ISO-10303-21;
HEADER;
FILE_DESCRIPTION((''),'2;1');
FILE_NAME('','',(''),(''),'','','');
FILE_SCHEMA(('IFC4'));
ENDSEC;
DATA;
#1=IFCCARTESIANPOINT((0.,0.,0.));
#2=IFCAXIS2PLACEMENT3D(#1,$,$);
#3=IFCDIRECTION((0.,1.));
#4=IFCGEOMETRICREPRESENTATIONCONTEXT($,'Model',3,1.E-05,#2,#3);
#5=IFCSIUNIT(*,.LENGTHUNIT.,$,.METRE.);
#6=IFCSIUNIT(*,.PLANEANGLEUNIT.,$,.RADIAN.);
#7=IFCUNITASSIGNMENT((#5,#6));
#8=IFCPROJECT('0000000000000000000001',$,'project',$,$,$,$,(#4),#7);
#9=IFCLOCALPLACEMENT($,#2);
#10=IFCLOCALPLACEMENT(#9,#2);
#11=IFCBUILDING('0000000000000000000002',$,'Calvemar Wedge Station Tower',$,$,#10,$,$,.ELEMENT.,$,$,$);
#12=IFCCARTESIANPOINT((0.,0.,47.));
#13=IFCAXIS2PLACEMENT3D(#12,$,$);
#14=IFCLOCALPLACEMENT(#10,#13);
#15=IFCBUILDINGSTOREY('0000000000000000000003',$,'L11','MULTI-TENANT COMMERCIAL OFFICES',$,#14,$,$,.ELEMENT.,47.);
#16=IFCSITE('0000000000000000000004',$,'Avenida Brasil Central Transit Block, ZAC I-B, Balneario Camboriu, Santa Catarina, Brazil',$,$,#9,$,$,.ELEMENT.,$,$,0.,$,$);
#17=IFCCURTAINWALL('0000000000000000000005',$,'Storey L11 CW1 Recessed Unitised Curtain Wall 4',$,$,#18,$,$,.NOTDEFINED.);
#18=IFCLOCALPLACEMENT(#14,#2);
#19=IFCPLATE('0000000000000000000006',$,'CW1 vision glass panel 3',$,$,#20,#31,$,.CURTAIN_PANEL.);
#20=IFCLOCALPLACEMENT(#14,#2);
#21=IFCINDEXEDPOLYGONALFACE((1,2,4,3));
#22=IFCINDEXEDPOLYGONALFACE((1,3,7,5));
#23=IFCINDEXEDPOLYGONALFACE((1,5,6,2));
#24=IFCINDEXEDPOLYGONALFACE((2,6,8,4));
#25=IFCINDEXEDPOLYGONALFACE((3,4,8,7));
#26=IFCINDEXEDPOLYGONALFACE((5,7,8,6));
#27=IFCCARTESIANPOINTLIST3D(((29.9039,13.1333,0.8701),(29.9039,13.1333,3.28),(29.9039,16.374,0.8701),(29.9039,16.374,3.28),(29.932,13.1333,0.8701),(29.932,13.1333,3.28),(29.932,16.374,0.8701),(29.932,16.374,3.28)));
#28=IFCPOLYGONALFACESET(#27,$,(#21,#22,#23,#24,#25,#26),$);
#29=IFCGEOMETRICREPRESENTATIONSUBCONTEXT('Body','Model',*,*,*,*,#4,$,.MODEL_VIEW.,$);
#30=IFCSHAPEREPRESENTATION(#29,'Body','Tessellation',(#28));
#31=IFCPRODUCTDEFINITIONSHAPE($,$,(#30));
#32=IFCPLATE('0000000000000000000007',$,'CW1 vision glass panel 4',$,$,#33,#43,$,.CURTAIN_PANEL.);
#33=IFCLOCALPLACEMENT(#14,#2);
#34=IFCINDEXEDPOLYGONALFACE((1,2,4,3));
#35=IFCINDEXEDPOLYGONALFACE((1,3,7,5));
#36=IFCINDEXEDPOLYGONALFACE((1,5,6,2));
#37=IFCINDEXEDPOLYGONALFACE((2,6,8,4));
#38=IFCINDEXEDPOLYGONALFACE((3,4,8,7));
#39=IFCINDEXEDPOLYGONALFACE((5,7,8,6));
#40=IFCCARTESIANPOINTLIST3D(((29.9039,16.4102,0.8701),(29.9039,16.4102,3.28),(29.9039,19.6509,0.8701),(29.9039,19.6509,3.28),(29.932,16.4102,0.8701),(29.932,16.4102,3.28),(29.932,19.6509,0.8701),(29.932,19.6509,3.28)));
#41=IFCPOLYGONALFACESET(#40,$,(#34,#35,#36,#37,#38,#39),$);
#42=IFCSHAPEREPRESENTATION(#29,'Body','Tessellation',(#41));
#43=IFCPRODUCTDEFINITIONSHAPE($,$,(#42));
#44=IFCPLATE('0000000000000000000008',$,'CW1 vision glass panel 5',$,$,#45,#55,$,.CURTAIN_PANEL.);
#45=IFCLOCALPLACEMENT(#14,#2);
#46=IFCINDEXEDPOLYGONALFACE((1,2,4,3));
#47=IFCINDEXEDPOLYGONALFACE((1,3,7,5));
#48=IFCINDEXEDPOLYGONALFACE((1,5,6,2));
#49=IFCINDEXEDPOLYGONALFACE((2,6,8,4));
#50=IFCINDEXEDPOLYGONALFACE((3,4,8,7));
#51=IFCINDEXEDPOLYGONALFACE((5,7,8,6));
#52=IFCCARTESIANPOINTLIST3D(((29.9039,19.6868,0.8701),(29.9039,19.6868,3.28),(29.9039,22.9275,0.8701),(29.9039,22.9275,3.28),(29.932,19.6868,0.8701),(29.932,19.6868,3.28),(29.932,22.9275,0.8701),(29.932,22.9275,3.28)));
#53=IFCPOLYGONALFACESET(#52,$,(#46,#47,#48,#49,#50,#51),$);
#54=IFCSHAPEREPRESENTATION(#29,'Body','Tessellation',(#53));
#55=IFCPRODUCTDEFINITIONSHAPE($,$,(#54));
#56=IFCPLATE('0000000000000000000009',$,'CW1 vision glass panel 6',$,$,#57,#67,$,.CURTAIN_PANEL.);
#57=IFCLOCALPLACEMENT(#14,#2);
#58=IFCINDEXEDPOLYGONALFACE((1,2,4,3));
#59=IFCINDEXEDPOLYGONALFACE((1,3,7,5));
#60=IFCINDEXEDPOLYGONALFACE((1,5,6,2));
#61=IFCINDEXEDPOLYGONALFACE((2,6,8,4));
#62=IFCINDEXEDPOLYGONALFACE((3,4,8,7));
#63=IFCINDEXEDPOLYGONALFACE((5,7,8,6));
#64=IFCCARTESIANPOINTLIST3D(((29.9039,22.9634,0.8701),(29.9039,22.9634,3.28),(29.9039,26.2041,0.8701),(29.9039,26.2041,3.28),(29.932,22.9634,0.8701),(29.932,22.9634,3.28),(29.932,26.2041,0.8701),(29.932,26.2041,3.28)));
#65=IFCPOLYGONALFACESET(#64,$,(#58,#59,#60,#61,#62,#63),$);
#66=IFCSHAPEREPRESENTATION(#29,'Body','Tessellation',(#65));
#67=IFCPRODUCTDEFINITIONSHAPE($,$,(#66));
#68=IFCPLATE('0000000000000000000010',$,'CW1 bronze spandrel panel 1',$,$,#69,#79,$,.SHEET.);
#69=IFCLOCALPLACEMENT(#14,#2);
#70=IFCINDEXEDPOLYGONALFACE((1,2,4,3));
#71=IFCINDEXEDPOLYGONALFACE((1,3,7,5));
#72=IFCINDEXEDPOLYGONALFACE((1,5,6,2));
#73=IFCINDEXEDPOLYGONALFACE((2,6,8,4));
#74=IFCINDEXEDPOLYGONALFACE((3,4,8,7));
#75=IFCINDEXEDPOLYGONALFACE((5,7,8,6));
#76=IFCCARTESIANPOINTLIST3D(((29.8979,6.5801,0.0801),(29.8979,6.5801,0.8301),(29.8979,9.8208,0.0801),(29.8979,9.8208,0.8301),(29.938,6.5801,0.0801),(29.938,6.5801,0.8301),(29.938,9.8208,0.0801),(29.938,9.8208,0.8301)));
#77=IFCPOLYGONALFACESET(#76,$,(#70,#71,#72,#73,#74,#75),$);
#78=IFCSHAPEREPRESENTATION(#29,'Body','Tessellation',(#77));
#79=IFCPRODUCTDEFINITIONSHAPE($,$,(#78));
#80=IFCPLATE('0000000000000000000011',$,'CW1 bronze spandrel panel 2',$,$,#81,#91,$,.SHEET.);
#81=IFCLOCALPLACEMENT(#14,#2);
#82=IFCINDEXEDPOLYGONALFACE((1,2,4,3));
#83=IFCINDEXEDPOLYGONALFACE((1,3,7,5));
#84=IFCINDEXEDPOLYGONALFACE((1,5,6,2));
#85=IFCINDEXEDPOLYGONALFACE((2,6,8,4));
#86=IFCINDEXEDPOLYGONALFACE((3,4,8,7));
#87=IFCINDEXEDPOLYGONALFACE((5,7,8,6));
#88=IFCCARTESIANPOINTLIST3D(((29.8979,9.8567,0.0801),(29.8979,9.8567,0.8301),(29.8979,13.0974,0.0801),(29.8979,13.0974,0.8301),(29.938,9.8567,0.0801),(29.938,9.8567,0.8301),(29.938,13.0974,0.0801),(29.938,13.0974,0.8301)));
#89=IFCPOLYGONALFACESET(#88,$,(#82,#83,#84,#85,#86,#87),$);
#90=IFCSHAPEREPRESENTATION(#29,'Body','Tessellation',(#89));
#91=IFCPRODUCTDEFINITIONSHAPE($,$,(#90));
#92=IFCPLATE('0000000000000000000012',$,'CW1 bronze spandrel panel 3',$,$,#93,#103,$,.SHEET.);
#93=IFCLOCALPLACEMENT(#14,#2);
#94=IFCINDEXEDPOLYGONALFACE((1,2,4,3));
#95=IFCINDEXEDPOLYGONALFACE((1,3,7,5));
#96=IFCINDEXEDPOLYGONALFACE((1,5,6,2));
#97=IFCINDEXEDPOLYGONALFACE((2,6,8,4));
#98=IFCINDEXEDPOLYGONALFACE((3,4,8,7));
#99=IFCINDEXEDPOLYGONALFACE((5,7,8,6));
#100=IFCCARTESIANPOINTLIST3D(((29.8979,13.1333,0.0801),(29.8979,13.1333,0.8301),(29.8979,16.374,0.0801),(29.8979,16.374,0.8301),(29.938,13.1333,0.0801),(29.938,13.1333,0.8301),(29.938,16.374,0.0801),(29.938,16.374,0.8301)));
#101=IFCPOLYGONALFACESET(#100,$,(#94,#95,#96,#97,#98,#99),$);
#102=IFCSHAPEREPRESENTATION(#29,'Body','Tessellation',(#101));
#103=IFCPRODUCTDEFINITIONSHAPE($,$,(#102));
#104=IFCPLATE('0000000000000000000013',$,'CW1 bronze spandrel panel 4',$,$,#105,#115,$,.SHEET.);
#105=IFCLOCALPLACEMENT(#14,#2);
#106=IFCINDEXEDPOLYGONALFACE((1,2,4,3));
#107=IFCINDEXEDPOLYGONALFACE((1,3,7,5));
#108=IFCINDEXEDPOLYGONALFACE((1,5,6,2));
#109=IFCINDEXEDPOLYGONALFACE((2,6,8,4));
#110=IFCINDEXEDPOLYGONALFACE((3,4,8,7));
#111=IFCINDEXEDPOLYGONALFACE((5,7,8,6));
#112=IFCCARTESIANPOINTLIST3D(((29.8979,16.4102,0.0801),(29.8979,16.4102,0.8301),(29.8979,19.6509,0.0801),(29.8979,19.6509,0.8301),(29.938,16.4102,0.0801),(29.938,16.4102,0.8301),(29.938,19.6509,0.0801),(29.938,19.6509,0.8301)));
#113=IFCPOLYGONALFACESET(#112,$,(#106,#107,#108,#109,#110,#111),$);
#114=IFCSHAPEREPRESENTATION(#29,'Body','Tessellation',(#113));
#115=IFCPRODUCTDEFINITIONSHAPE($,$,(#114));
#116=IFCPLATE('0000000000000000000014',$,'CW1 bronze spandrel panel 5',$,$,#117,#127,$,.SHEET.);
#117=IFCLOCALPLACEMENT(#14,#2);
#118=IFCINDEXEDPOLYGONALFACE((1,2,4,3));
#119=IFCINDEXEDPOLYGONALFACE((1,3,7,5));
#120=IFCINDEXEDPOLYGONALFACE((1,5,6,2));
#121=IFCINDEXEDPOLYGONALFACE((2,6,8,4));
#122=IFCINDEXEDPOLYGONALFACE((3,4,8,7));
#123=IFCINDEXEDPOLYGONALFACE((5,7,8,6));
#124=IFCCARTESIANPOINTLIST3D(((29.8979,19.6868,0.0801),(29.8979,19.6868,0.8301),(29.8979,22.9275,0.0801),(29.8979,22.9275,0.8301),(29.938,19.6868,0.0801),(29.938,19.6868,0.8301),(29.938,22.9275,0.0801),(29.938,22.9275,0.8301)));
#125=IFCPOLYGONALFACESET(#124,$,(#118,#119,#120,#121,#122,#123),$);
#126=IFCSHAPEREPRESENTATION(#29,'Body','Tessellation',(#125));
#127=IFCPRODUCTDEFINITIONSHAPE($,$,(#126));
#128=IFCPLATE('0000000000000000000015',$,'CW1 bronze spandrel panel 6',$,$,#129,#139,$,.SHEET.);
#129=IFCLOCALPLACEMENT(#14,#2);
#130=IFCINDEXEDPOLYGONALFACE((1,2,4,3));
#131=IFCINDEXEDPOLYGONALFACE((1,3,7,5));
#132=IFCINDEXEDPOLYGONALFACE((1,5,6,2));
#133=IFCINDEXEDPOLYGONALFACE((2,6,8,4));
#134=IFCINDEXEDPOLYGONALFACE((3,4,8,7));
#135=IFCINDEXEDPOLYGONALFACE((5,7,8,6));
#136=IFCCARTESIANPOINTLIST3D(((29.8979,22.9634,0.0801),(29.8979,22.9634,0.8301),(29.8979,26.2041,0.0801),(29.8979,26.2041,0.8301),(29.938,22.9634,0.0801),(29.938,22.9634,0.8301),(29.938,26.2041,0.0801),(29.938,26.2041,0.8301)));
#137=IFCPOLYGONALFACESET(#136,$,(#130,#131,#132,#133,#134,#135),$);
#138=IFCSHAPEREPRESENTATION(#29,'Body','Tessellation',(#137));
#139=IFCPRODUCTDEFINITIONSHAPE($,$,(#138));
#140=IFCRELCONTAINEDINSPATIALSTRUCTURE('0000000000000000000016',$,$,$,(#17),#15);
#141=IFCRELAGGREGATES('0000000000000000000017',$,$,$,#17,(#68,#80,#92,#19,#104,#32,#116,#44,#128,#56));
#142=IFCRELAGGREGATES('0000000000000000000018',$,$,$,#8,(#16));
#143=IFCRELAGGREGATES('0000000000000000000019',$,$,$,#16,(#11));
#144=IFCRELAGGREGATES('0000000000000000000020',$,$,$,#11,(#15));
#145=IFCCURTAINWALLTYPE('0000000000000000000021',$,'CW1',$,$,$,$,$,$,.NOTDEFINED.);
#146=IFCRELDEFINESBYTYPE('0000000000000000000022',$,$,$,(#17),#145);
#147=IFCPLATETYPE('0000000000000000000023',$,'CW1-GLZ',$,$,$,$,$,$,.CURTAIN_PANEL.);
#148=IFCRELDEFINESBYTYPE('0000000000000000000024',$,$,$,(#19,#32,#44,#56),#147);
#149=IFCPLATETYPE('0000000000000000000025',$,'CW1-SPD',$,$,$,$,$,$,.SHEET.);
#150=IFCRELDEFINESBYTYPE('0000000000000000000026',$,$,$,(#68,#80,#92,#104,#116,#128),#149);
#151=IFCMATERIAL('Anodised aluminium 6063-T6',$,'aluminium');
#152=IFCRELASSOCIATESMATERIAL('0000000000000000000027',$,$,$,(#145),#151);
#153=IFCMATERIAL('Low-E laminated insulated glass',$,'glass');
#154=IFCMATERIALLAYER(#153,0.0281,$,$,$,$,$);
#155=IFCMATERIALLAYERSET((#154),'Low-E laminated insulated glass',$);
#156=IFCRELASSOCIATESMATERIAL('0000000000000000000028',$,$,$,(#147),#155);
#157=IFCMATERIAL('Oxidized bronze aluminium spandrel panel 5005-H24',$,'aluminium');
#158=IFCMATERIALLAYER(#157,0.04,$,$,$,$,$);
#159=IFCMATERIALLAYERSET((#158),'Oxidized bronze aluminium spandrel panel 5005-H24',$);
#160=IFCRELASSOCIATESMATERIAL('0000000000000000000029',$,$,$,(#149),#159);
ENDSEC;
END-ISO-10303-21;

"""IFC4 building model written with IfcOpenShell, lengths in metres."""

from ifc_helpers import new_model, si_unit, direction, frame, frame_2d, origin, place, context, subcontext, project, spatial, rectangle, extrude, material, layer, layer_set, type_object, element, aggregate, save


model = new_model("IFC4")

# Units and contexts
model_context = context("Model", 3, precision=1e-05, world=origin(), true_north=direction((0.0, 1.0)))
body_context = subcontext(model_context, "Body", "Model", "MODEL_VIEW")
ifc_project = project(units=[si_unit("LENGTHUNIT", "METRE"), si_unit("PLANEANGLEUNIT", "RADIAN")], contexts=[model_context])

# Site, building, storey
site_placement = place(None, origin())
site = spatial("IfcSite", under=ifc_project, at=site_placement, Name="Avenida Brasil Central Transit Block, ZAC I-B, Balneario Camboriu, Santa Catarina, Brazil", CompositionType="ELEMENT", RefElevation=0.0)
building_placement = place(site_placement, origin())
building = spatial("IfcBuilding", under=site, at=building_placement, Name="Calvemar Wedge Station Tower", CompositionType="ELEMENT")
storey_placement = place(building_placement, frame((0.0, 0.0, 47.0)))
storey = spatial("IfcBuildingStorey", under=building, at=storey_placement, Name="L11", Description="MULTI-TENANT COMMERCIAL OFFICES", CompositionType="ELEMENT", Elevation=47.0)

# Curtain wall, plates
ifc_material_1 = material(Name="Anodised aluminium 6063-T6", Category="aluminium")
curtain_wall_type = type_object("IfcCurtainWallType", Name="CW1", PredefinedType="NOTDEFINED", material=ifc_material_1)
curtain_wall_placement = place(storey_placement, origin())
curtain_wall = element("IfcCurtainWall", 1, at=curtain_wall_placement, inside=storey, type_object=curtain_wall_type, Name="Storey L11 CW1 Recessed Unitised Curtain Wall 4", PredefinedType="NOTDEFINED")
ifc_material_2 = material(Name="Low-E laminated insulated glass", Category="glass")
ifc_layer_1 = layer(ifc_material_2, 0.0281)
ifc_layer_set_1 = layer_set([ifc_layer_1], Name="Low-E laminated insulated glass")
plate_type_1 = type_object("IfcPlateType", Name="CW1-GLZ", PredefinedType="CURTAIN_PANEL", material=ifc_layer_set_1)
plate_1_placement = place(storey_placement, frame((29.918, 13.1333, 0.8701), z_axis=(0.0, 0.0, 1.0), x_axis=(0.0, 1.0, 0.0)))
plate_1 = element("IfcPlate", 2, at=plate_1_placement, type_object=plate_type_1, Name="CW1 vision glass panel 3", PredefinedType="CURTAIN_PANEL", context=body_context, shape_type="SweptSolid", body=[
    extrude(rectangle(XDim=3.2407, YDim=0.0281, at=frame_2d((1.6204, 0.0))), origin(), (0.0, 0.0, 1.0), 2.4099),
])
plate_2_placement = place(storey_placement, frame((29.918, 16.4102, 0.8701), z_axis=(0.0, 0.0, 1.0), x_axis=(0.0, 1.0, 0.0)))
plate_2 = element("IfcPlate", 3, at=plate_2_placement, type_object=plate_type_1, Name="CW1 vision glass panel 4", PredefinedType="CURTAIN_PANEL", context=body_context, shape_type="SweptSolid", body=[
    extrude(rectangle(XDim=3.2407, YDim=0.0281, at=frame_2d((1.6204, 0.0))), origin(), (0.0, 0.0, 1.0), 2.4099),
])
plate_3_placement = place(storey_placement, frame((29.918, 19.6868, 0.8701), z_axis=(0.0, 0.0, 1.0), x_axis=(0.0, 1.0, 0.0)))
plate_3 = element("IfcPlate", 4, at=plate_3_placement, type_object=plate_type_1, Name="CW1 vision glass panel 5", PredefinedType="CURTAIN_PANEL", context=body_context, shape_type="SweptSolid", body=[
    extrude(rectangle(XDim=3.2407, YDim=0.0281, at=frame_2d((1.6204, 0.0))), origin(), (0.0, 0.0, 1.0), 2.4099),
])
plate_4_placement = place(storey_placement, frame((29.918, 22.9634, 0.8701), z_axis=(0.0, 0.0, 1.0), x_axis=(0.0, 1.0, 0.0)))
plate_4 = element("IfcPlate", 5, at=plate_4_placement, type_object=plate_type_1, Name="CW1 vision glass panel 6", PredefinedType="CURTAIN_PANEL", context=body_context, shape_type="SweptSolid", body=[
    extrude(rectangle(XDim=3.2407, YDim=0.0281, at=frame_2d((1.6204, 0.0))), origin(), (0.0, 0.0, 1.0), 2.4099),
])
ifc_material_3 = material(Name="Oxidized bronze aluminium spandrel panel 5005-H24", Category="aluminium")
ifc_layer_2 = layer(ifc_material_3, 0.04)
ifc_layer_set_2 = layer_set([ifc_layer_2], Name="Oxidized bronze aluminium spandrel panel 5005-H24")
plate_type_2 = type_object("IfcPlateType", Name="CW1-SPD", PredefinedType="SHEET", material=ifc_layer_set_2)
plate_5_placement = place(storey_placement, frame((29.918, 6.5801, 0.0801), z_axis=(0.0, 0.0, 1.0), x_axis=(0.0, 1.0, 0.0)))
plate_5 = element("IfcPlate", 6, at=plate_5_placement, type_object=plate_type_2, Name="CW1 bronze spandrel panel 1", PredefinedType="SHEET", context=body_context, shape_type="SweptSolid", body=[
    extrude(rectangle(XDim=3.2407, YDim=0.04, at=frame_2d((1.6204, 0.0))), origin(), (0.0, 0.0, 1.0), 0.75),
])
plate_6_placement = place(storey_placement, frame((29.918, 9.8567, 0.0801), z_axis=(0.0, 0.0, 1.0), x_axis=(0.0, 1.0, 0.0)))
plate_6 = element("IfcPlate", 7, at=plate_6_placement, type_object=plate_type_2, Name="CW1 bronze spandrel panel 2", PredefinedType="SHEET", context=body_context, shape_type="SweptSolid", body=[
    extrude(rectangle(XDim=3.2407, YDim=0.04, at=frame_2d((1.6204, 0.0))), origin(), (0.0, 0.0, 1.0), 0.75),
])
plate_7_placement = place(storey_placement, frame((29.918, 13.1333, 0.0801), z_axis=(0.0, 0.0, 1.0), x_axis=(0.0, 1.0, 0.0)))
plate_7 = element("IfcPlate", 8, at=plate_7_placement, type_object=plate_type_2, Name="CW1 bronze spandrel panel 3", PredefinedType="SHEET", context=body_context, shape_type="SweptSolid", body=[
    extrude(rectangle(XDim=3.2407, YDim=0.04, at=frame_2d((1.6204, 0.0))), origin(), (0.0, 0.0, 1.0), 0.75),
])
plate_8_placement = place(storey_placement, frame((29.918, 16.4102, 0.0801), z_axis=(0.0, 0.0, 1.0), x_axis=(0.0, 1.0, 0.0)))
plate_8 = element("IfcPlate", 9, at=plate_8_placement, type_object=plate_type_2, Name="CW1 bronze spandrel panel 4", PredefinedType="SHEET", context=body_context, shape_type="SweptSolid", body=[
    extrude(rectangle(XDim=3.2407, YDim=0.04, at=frame_2d((1.6204, 0.0))), origin(), (0.0, 0.0, 1.0), 0.75),
])
plate_9_placement = place(storey_placement, frame((29.918, 19.6868, 0.0801), z_axis=(0.0, 0.0, 1.0), x_axis=(0.0, 1.0, 0.0)))
plate_9 = element("IfcPlate", 10, at=plate_9_placement, type_object=plate_type_2, Name="CW1 bronze spandrel panel 5", PredefinedType="SHEET", context=body_context, shape_type="SweptSolid", body=[
    extrude(rectangle(XDim=3.2407, YDim=0.04, at=frame_2d((1.6204, 0.0))), origin(), (0.0, 0.0, 1.0), 0.75),
])
plate_10_placement = place(storey_placement, frame((29.918, 22.9634, 0.0801), z_axis=(0.0, 0.0, 1.0), x_axis=(0.0, 1.0, 0.0)))
plate_10 = element("IfcPlate", 11, at=plate_10_placement, type_object=plate_type_2, Name="CW1 bronze spandrel panel 6", PredefinedType="SHEET", context=body_context, shape_type="SweptSolid", body=[
    extrude(rectangle(XDim=3.2407, YDim=0.04, at=frame_2d((1.6204, 0.0))), origin(), (0.0, 0.0, 1.0), 0.75),
])
aggregate(curtain_wall, [plate_5, plate_6, plate_7, plate_1, plate_8, plate_2, plate_9, plate_3, plate_10, plate_4])

save(model, "model.ifc")
